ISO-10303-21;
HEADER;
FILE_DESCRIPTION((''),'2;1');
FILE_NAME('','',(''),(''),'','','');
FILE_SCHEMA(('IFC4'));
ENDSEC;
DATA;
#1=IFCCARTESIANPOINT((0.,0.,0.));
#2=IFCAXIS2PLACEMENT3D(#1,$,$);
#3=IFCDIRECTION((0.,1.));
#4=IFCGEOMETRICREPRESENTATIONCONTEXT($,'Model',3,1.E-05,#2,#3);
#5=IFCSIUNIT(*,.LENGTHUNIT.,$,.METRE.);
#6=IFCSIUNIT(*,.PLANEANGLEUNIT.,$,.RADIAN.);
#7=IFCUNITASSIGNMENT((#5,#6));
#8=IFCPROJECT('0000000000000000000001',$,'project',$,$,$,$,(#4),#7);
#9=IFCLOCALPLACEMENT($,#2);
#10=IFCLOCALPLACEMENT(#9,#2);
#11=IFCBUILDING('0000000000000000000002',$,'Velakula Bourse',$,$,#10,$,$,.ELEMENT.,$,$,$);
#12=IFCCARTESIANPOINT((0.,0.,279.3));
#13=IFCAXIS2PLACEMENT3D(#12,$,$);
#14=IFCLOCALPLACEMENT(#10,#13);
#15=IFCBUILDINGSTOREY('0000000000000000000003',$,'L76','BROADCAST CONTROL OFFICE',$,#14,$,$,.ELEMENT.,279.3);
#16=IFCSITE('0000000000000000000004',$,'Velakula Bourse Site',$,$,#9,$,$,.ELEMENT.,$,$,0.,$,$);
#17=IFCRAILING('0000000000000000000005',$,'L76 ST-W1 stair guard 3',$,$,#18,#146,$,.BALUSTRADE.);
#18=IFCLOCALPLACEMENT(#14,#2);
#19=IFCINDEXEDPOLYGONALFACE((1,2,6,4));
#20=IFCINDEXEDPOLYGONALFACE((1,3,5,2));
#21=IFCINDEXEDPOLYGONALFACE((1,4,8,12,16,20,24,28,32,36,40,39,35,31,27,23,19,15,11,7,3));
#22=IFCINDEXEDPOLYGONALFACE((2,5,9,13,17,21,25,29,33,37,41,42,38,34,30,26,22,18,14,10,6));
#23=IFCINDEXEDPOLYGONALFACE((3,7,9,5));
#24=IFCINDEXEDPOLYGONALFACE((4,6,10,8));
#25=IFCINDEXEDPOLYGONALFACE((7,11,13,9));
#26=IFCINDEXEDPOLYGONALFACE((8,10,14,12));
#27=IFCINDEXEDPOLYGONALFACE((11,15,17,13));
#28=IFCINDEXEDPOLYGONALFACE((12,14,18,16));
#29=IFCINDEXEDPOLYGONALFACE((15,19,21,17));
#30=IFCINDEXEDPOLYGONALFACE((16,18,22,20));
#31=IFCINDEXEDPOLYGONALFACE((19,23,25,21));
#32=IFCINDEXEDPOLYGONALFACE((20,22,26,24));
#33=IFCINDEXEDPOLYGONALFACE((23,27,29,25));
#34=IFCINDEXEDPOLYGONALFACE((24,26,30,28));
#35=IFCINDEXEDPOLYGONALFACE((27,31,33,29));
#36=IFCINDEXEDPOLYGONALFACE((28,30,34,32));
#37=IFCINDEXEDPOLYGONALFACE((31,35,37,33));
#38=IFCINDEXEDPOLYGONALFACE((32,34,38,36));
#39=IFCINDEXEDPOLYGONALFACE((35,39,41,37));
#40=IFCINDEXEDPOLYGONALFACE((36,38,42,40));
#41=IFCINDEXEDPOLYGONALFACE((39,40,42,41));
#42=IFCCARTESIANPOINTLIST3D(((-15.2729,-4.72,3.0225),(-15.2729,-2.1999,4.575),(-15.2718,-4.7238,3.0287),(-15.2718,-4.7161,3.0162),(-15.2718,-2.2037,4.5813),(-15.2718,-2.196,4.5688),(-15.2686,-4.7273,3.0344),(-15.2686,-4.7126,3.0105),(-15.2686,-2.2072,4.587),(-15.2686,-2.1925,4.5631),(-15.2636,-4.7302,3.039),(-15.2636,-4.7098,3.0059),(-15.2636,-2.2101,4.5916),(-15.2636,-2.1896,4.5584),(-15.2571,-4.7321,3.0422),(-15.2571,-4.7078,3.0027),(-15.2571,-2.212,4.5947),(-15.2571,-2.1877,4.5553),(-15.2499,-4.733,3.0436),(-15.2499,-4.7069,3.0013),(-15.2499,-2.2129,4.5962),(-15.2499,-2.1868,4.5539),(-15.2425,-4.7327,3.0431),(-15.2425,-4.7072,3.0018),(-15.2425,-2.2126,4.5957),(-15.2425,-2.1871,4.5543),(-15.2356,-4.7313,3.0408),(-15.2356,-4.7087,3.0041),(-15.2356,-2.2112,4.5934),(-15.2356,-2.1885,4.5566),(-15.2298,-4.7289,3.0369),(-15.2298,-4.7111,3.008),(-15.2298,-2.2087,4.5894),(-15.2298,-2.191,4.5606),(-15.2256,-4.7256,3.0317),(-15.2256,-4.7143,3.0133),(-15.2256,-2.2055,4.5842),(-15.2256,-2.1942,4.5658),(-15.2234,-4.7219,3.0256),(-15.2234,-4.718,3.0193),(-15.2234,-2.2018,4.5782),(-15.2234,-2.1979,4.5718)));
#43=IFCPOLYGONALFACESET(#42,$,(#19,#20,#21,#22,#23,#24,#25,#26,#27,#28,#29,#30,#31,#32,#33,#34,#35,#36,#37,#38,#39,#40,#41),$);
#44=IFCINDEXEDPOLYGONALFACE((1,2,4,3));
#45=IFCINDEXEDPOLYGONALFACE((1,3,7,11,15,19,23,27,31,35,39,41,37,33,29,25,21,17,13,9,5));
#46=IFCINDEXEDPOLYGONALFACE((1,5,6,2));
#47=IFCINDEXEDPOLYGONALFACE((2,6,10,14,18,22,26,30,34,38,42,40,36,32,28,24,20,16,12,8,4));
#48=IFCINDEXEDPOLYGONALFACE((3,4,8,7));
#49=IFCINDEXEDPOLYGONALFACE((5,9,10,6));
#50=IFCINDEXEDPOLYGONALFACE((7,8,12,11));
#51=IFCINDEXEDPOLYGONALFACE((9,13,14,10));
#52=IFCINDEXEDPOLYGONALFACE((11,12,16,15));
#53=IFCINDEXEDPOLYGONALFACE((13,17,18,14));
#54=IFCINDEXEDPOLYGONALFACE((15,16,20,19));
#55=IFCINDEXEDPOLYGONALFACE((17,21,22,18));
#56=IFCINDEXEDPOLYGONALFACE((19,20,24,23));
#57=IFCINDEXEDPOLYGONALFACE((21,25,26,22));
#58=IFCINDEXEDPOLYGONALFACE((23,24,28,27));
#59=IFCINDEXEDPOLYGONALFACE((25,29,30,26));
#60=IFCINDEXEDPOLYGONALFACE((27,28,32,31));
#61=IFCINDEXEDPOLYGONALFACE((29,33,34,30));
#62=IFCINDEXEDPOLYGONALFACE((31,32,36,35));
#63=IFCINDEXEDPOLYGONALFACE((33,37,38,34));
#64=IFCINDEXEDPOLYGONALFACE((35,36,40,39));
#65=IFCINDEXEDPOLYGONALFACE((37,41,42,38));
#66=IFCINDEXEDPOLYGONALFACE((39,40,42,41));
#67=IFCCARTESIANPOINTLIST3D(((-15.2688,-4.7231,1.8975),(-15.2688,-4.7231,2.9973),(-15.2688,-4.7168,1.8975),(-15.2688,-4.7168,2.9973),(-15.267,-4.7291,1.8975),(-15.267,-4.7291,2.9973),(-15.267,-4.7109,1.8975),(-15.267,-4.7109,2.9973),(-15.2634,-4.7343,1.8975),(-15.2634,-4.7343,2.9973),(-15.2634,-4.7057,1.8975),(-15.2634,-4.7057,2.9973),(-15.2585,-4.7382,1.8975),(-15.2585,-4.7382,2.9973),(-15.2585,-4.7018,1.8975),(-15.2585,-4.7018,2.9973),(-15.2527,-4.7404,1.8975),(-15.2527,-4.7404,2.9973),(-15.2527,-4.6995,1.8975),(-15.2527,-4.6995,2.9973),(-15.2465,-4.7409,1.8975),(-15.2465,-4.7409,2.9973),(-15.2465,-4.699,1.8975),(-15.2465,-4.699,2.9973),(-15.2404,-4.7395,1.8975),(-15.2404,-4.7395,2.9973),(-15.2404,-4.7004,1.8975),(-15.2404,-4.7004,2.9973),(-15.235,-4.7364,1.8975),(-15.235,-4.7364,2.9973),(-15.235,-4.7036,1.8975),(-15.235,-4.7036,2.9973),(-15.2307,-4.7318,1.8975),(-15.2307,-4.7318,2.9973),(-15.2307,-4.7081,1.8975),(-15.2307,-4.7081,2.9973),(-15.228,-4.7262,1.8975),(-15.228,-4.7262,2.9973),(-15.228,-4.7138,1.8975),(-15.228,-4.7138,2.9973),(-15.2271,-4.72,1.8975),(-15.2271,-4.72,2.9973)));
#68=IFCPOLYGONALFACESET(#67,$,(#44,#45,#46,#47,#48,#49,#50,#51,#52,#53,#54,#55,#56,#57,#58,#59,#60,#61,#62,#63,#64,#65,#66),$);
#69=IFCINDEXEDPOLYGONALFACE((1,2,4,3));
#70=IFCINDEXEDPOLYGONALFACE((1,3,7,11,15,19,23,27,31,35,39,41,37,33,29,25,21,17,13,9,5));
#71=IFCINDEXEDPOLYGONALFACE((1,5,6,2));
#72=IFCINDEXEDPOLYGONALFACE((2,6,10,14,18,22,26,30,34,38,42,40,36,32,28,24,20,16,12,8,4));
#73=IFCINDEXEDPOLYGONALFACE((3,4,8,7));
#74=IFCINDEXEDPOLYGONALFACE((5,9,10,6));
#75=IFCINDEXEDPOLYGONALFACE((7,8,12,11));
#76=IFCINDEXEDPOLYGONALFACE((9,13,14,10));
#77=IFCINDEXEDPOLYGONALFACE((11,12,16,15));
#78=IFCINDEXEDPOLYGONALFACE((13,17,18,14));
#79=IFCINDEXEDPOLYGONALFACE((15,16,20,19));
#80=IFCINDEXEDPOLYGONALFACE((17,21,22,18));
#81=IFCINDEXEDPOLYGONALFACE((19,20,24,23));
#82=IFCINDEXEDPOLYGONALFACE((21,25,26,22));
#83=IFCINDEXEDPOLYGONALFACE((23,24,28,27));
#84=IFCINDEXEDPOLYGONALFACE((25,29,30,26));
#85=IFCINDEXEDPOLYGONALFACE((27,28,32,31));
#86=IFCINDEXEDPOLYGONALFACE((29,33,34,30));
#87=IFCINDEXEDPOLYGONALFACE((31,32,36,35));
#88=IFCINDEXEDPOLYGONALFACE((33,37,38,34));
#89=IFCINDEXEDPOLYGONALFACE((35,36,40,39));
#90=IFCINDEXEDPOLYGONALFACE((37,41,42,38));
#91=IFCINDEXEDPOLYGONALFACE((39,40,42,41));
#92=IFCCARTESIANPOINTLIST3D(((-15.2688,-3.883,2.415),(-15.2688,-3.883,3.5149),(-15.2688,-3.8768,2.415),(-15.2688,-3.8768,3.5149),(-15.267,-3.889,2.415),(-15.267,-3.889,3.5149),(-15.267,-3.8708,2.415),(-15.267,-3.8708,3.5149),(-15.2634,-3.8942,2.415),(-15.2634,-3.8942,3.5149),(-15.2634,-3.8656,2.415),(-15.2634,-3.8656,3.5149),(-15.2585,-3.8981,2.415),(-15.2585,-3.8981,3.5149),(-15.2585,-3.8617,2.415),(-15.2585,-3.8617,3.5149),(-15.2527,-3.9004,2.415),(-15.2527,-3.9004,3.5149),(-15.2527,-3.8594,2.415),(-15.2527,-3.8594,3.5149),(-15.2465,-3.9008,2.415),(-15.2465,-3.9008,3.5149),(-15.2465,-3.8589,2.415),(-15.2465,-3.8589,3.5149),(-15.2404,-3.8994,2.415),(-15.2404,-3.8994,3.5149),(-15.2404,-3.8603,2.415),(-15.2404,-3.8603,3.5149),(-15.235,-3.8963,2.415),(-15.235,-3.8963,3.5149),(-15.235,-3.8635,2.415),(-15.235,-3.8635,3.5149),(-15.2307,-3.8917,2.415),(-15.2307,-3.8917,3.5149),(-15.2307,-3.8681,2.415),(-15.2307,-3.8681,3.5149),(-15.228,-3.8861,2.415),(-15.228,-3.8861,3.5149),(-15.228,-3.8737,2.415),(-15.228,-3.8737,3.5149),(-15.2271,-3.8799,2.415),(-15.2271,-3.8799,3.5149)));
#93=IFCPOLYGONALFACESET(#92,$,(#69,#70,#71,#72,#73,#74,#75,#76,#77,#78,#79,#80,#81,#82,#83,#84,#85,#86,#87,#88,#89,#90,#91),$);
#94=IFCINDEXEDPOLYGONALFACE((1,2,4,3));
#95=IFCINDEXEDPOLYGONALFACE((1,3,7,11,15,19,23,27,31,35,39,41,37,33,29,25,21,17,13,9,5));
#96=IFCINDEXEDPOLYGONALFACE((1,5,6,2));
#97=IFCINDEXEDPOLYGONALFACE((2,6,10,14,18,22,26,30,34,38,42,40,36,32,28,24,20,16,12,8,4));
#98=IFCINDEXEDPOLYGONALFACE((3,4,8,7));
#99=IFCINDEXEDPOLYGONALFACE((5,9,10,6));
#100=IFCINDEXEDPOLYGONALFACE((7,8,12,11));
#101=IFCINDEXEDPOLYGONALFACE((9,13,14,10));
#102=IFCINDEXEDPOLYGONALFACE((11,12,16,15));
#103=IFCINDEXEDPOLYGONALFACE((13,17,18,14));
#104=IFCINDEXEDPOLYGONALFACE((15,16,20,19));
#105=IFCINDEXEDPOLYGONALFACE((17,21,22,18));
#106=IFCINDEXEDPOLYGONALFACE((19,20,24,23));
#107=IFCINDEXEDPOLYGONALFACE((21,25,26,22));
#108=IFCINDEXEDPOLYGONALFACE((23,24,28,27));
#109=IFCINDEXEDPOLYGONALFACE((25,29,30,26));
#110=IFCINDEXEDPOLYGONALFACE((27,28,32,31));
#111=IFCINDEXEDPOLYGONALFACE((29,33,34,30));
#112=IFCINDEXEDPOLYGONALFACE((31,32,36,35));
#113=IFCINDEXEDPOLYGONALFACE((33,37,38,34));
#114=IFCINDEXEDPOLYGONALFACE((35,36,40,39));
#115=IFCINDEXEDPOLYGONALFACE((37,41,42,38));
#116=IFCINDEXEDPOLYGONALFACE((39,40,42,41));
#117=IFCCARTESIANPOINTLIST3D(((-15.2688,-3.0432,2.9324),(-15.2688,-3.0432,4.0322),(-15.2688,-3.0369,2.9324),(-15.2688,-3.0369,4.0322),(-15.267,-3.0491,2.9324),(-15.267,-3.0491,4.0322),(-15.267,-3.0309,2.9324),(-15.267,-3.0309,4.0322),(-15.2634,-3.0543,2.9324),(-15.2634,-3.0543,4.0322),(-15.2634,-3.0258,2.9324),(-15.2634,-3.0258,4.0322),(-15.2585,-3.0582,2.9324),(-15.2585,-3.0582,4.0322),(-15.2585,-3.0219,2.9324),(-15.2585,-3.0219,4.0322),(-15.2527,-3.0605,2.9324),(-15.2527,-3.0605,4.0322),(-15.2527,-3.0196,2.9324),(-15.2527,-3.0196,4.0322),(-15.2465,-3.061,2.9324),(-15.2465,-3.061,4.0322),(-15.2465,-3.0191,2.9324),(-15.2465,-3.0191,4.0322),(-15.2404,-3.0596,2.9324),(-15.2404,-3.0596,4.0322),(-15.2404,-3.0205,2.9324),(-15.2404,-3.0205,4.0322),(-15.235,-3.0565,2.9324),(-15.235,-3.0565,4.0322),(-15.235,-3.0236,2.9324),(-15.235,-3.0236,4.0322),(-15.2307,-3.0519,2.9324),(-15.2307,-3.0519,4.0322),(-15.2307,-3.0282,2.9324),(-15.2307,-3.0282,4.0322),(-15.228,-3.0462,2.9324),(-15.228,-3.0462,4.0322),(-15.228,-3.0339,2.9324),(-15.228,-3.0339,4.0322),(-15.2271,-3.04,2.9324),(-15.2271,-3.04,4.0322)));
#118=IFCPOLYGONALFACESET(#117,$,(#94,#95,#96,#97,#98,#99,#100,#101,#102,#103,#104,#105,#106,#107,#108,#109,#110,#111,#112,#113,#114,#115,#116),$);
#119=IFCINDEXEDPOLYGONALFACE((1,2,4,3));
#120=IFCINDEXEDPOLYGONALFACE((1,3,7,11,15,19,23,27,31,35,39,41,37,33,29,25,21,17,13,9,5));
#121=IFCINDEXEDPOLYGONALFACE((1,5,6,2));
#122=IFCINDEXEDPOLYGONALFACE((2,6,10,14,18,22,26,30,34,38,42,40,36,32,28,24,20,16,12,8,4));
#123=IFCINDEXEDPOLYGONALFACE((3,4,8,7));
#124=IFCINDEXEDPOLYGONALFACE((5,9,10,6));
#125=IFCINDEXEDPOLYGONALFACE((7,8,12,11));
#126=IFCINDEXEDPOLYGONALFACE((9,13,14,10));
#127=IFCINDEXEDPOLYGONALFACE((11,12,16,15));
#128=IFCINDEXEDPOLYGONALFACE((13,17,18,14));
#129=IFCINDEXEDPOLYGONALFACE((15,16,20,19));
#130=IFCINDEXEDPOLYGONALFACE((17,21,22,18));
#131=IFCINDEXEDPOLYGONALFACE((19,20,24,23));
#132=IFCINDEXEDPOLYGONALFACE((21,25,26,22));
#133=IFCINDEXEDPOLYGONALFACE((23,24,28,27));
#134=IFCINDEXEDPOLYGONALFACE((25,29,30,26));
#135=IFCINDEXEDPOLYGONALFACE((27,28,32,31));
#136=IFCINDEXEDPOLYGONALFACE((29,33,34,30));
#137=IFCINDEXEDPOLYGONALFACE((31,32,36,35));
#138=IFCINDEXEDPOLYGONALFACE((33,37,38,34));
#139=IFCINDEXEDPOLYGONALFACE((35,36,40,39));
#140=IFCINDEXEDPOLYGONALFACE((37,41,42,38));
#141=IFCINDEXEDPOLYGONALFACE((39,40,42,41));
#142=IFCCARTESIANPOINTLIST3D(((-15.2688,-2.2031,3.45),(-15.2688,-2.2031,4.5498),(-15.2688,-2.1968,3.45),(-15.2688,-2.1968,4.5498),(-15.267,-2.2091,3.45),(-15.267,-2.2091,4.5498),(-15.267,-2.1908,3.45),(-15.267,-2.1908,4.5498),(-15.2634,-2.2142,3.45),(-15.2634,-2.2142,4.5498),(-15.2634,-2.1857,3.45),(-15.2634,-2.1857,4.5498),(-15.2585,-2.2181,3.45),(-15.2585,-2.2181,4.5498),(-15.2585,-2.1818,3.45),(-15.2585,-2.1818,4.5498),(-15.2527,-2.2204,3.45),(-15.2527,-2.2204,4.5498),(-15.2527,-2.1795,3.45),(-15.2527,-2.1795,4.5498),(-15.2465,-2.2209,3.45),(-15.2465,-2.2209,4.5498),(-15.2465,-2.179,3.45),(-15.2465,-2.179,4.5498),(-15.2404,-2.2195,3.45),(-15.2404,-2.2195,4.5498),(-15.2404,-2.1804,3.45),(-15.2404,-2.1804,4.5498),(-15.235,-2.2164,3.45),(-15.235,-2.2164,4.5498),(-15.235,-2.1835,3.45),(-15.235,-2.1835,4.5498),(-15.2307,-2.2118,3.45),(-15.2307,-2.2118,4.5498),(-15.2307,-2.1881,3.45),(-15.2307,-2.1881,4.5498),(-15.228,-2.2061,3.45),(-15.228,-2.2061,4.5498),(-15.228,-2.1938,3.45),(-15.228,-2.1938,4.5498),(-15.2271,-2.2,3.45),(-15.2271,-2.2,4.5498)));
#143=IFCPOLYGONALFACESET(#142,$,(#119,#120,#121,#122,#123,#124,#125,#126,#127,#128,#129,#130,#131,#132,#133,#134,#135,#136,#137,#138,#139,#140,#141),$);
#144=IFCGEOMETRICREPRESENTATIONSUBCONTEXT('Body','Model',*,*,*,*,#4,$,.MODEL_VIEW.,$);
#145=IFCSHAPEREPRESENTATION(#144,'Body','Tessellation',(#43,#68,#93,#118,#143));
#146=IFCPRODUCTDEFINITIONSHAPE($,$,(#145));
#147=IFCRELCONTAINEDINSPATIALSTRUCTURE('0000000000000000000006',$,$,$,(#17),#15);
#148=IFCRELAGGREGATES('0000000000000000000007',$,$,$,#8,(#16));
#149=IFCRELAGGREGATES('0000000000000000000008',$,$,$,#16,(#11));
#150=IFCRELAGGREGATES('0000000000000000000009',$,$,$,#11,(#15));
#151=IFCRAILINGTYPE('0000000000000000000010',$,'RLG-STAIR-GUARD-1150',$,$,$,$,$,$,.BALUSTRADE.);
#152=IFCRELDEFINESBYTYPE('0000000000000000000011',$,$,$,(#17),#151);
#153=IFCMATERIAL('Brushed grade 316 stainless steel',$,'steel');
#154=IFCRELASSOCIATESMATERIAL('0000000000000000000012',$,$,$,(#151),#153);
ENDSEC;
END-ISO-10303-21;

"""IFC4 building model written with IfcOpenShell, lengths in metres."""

from ifc_helpers import new_model, si_unit, direction, frame, origin, origin_2d, place, context, subcontext, project, spatial, circle, extrude, material, type_object, element, save


model = new_model("IFC4")

# Units and contexts
model_context = context("Model", 3, precision=1e-05, world=origin(), true_north=direction((0.0, 1.0)))
body_context = subcontext(model_context, "Body", "Model", "MODEL_VIEW")
ifc_project = project(units=[si_unit("LENGTHUNIT", "METRE"), si_unit("PLANEANGLEUNIT", "RADIAN")], contexts=[model_context])

# Site, building, storey
site_placement = place(None, origin())
site = spatial("IfcSite", under=ifc_project, at=site_placement, Name="Velakula Bourse Site", CompositionType="ELEMENT", RefElevation=0.0)
building_placement = place(site_placement, origin())
building = spatial("IfcBuilding", under=site, at=building_placement, Name="Velakula Bourse", CompositionType="ELEMENT")
storey_placement = place(building_placement, frame((0.0, 0.0, 279.3)))
storey = spatial("IfcBuildingStorey", under=building, at=storey_placement, Name="L76", Description="BROADCAST CONTROL OFFICE", CompositionType="ELEMENT", Elevation=279.3)

# Shared definitions
ifc_material_1 = material(Name="Brushed grade 316 stainless steel", Category="steel")

# Railing
railing_type_1 = type_object("IfcRailingType", Name="RLG-STAIR-GUARD-1150", PredefinedType="BALUSTRADE", material=ifc_material_1)
railing_1_placement = place(storey_placement, frame((-15.248, -4.72, 1.8975)))
element("IfcRailing", 1, at=railing_1_placement, inside=storey, type_object=railing_type_1, Name="L76 ST-W1 stair guard 3", PredefinedType="BALUSTRADE", context=body_context, shape_type="SweptSolid", body=[
    extrude(circle(Radius=0.0249, at=origin_2d()), frame((0.0, 0.0, 1.125), z_axis=(0.0, 0.8514, 0.524516), x_axis=(-1.0, 0.0, 0.0)), (0.0, 0.0, 1.0), 2.96),
    extrude(circle(Radius=0.021, at=origin_2d()), origin(), (0.0, 0.0, 1.0), 1.0999),
    extrude(circle(Radius=0.021, at=origin_2d()), frame((0.0, 0.8401, 0.5176)), (0.0, 0.0, 1.0), 1.0999),
    extrude(circle(Radius=0.021, at=origin_2d()), frame((0.0, 1.6799, 1.0349)), (0.0, 0.0, 1.0), 1.0999),
    extrude(circle(Radius=0.021, at=origin_2d()), frame((0.0, 2.52, 1.5525)), (0.0, 0.0, 1.0), 1.0999),
])

save(model, "model.ifc")
